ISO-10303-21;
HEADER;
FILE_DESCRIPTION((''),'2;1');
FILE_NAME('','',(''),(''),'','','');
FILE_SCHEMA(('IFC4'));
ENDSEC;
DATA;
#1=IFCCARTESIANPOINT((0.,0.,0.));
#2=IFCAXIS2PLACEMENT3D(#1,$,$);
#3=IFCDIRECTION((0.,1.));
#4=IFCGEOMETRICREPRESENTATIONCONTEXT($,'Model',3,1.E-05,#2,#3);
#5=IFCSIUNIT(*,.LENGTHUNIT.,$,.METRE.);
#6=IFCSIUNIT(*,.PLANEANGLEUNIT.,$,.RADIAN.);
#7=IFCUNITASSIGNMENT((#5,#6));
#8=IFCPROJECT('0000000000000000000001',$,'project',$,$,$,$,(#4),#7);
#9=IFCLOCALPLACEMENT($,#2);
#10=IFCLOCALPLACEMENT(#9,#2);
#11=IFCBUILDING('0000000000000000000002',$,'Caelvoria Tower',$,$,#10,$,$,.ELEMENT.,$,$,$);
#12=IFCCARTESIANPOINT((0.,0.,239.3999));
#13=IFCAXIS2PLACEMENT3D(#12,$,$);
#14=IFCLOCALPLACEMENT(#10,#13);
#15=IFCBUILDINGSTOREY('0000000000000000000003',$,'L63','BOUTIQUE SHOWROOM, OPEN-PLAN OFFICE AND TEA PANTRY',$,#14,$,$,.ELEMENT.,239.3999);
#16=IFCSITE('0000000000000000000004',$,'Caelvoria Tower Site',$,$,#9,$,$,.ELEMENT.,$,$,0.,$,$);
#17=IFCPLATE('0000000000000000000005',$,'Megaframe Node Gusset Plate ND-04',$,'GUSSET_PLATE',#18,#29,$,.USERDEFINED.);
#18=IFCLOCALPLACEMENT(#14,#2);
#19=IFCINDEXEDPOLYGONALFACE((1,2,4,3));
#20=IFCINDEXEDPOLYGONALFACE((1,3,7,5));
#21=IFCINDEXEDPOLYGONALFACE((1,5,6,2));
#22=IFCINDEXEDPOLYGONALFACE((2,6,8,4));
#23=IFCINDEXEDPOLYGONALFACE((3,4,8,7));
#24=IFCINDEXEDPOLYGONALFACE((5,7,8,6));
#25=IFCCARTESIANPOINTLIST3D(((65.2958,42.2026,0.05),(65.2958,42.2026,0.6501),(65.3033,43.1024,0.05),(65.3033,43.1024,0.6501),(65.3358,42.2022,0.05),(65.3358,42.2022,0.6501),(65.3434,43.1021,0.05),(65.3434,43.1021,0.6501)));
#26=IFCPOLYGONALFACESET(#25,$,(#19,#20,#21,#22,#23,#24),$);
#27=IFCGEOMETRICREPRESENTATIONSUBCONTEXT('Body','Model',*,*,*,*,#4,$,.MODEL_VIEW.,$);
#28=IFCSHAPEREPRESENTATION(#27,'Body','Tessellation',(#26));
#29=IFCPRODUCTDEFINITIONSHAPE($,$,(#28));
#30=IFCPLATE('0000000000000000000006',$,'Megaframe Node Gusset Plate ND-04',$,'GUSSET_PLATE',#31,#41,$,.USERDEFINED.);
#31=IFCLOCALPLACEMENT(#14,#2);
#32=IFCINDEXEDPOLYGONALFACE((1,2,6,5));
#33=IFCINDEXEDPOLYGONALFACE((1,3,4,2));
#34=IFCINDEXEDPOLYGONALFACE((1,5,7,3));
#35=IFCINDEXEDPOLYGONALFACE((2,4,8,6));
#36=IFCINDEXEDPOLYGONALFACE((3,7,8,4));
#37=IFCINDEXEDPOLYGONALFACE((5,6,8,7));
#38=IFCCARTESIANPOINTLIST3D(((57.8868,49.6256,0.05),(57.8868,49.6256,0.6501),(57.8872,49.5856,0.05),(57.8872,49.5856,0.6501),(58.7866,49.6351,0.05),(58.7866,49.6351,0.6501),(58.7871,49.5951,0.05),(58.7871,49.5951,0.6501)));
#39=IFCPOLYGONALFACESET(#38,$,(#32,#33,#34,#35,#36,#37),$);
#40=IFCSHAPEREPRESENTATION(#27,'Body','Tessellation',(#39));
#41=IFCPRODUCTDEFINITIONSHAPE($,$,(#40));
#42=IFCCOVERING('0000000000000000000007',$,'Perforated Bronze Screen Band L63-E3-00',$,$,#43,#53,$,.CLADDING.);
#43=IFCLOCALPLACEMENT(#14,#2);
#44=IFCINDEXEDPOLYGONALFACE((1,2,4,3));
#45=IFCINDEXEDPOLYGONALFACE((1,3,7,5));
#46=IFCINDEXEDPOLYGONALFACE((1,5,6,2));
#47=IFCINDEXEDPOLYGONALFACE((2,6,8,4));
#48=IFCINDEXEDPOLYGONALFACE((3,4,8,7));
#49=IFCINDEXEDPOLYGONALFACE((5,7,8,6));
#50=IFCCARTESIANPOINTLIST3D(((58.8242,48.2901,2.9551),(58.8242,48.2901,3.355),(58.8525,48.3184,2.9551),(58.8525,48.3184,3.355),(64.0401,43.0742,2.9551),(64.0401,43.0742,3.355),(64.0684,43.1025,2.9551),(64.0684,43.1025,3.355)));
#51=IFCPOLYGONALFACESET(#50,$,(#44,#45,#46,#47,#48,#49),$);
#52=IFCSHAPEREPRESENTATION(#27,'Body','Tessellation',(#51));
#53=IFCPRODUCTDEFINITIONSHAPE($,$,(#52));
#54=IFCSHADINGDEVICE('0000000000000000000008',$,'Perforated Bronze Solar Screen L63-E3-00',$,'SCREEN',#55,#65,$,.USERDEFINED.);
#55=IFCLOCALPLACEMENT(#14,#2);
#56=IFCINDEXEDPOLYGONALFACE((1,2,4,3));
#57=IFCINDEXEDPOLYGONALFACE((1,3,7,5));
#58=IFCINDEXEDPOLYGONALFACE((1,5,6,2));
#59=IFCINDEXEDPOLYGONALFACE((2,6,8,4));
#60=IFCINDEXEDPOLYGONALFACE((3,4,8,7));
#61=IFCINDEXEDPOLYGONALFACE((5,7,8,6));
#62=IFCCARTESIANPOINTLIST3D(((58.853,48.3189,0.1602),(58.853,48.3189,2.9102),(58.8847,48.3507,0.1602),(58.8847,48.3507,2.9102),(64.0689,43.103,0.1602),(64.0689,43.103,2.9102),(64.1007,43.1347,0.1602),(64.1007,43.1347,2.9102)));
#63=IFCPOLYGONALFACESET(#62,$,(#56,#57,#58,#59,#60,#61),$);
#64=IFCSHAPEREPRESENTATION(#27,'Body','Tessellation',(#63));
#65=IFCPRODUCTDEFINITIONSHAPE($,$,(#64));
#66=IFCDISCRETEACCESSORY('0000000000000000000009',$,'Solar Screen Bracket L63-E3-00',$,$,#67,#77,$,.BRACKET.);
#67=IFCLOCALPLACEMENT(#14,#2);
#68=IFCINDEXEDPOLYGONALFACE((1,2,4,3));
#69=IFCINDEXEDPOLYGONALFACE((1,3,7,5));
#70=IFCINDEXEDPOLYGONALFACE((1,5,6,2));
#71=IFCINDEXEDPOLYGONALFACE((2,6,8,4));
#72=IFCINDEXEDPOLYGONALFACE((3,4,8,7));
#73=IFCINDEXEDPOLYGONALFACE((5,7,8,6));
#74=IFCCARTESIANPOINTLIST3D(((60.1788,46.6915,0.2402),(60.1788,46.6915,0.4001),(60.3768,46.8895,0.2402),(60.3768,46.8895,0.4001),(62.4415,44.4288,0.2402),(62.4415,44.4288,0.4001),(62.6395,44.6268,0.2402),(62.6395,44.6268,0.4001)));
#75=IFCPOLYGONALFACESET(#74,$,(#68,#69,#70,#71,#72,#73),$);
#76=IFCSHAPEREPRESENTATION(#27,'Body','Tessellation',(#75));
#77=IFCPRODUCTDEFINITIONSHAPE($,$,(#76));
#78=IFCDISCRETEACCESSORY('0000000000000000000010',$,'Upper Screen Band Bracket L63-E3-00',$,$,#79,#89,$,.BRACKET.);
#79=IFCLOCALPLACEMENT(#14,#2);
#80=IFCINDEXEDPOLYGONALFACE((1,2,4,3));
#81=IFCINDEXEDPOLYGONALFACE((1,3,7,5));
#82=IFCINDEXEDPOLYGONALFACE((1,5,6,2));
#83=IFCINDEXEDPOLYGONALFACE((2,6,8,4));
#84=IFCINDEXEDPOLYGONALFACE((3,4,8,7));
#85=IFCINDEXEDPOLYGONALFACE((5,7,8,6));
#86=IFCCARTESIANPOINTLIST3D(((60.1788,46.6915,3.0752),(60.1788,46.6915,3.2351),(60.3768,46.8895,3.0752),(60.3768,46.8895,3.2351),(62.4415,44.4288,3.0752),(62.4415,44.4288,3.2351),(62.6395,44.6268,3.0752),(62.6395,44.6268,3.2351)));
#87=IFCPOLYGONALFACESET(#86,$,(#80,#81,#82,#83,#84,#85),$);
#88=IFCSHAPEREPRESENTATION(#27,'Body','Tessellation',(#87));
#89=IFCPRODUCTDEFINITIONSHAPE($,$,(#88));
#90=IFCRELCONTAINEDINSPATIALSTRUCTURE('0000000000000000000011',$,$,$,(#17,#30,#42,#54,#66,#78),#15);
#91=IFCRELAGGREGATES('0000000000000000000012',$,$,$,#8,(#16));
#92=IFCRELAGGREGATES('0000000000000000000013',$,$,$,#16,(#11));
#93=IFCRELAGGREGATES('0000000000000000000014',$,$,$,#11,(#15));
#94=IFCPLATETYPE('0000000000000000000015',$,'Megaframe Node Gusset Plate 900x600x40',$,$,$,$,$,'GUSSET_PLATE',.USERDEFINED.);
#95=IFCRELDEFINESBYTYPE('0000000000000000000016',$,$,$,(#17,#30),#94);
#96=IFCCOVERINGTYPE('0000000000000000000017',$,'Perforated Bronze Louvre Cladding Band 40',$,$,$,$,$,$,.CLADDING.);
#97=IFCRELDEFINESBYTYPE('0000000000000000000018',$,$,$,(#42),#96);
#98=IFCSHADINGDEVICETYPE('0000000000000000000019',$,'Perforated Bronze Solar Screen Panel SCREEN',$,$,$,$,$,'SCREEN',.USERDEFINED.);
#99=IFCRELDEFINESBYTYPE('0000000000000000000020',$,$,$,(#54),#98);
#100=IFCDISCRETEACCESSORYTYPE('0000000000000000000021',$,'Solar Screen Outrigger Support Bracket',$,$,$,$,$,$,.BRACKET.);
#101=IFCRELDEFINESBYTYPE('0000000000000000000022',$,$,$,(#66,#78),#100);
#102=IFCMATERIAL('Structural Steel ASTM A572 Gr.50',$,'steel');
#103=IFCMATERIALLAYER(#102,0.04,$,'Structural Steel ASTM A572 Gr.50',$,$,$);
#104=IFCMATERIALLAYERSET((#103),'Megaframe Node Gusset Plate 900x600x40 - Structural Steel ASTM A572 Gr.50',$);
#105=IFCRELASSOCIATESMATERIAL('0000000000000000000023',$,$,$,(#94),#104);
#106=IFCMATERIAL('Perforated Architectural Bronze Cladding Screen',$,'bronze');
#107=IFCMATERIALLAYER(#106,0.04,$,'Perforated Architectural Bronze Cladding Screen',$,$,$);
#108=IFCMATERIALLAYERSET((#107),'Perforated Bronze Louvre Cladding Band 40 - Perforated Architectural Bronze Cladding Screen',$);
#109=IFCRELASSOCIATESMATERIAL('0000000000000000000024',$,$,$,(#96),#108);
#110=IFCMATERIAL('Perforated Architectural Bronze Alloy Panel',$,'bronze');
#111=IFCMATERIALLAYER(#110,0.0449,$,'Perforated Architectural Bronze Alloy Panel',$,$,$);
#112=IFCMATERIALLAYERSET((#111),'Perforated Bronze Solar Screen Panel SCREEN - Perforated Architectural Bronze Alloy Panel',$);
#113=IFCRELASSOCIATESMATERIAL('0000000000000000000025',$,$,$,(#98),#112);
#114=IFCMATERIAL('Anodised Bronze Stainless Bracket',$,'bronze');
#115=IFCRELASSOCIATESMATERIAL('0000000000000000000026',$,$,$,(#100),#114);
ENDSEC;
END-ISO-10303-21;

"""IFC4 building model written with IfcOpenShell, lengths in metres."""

from ifc_helpers import new_model, si_unit, direction, frame, origin, origin_2d, place, context, subcontext, project, spatial, rectangle, extrude, material, layer, layer_set, type_object, element, save


model = new_model("IFC4")

# Units and contexts
model_context = context("Model", 3, precision=1e-05, world=origin(), true_north=direction((0.0, 1.0)))
body_context = subcontext(model_context, "Body", "Model", "MODEL_VIEW")
ifc_project = project(units=[si_unit("LENGTHUNIT", "METRE"), si_unit("PLANEANGLEUNIT", "RADIAN")], contexts=[model_context])

# Site, building, storey
site_placement = place(None, origin())
site = spatial("IfcSite", under=ifc_project, at=site_placement, Name="Caelvoria Tower Site", CompositionType="ELEMENT", RefElevation=0.0)
building_placement = place(site_placement, origin())
building = spatial("IfcBuilding", under=site, at=building_placement, Name="Caelvoria Tower", CompositionType="ELEMENT")
storey_placement = place(building_placement, frame((0.0, 0.0, 239.3999)))
storey = spatial("IfcBuildingStorey", under=building, at=storey_placement, Name="L63", Description="BOUTIQUE SHOWROOM, OPEN-PLAN OFFICE AND TEA PANTRY", CompositionType="ELEMENT", Elevation=239.3999)

# Shared definitions
ifc_material_1 = material(Name="Structural Steel ASTM A572 Gr.50", Category="steel")

# Plates
ifc_layer_1 = layer(ifc_material_1, 0.04, Name="Structural Steel ASTM A572 Gr.50")
ifc_layer_set_1 = layer_set([ifc_layer_1], Name="Megaframe Node Gusset Plate 900x600x40 - Structural Steel ASTM A572 Gr.50")
plate_type_1 = type_object("IfcPlateType", Name="Megaframe Node Gusset Plate 900x600x40", ElementType="GUSSET_PLATE", PredefinedType="USERDEFINED", material=ifc_layer_set_1)
for number, where, z_axis, x_axis, name in (
    (1, (65.3196, 42.6523, 0.05), (0.0, 0.0, 1.0), (-0.008402, -0.999965, 0.0), "Megaframe Node Gusset Plate ND-04"),
    (2, (58.3369, 49.6104, 0.05), (0.0, 0.0, 1.0), (-0.999944, -0.010561, 0.0), "Megaframe Node Gusset Plate ND-04"),
):
    element("IfcPlate", number, at=place(storey_placement, frame(where, z_axis=z_axis, x_axis=x_axis)), inside=storey, type_object=plate_type_1, Name=name, ObjectType="GUSSET_PLATE", PredefinedType="USERDEFINED", context=body_context, shape_type="SweptSolid", body=[
        extrude(rectangle(XDim=0.8999, YDim=0.04, at=origin_2d()), origin(), (0.0, 0.0, 1.0), 0.6001),
    ])

# Covering
ifc_material_2 = material(Name="Perforated Architectural Bronze Cladding Screen", Category="bronze")
ifc_layer_2 = layer(ifc_material_2, 0.04, Name="Perforated Architectural Bronze Cladding Screen")
ifc_layer_set_2 = layer_set([ifc_layer_2], Name="Perforated Bronze Louvre Cladding Band 40 - Perforated Architectural Bronze Cladding Screen")
covering_type = type_object("IfcCoveringType", Name="Perforated Bronze Louvre Cladding Band 40", PredefinedType="CLADDING", material=ifc_layer_set_2)
covering_placement = place(storey_placement, frame((61.4463, 45.6963, 2.9551), z_axis=(0.0, 0.0, 1.0), x_axis=(-0.707107, 0.707107, 0.0)))
element("IfcCovering", 3, at=covering_placement, inside=storey, type_object=covering_type, Name="Perforated Bronze Screen Band L63-E3-00", PredefinedType="CLADDING", context=body_context, shape_type="SweptSolid", body=[
    extrude(rectangle(XDim=7.3765, YDim=0.04, at=origin_2d()), origin(), (0.0, 0.0, 1.0), 0.3999),
])

# Shading device
ifc_material_3 = material(Name="Perforated Architectural Bronze Alloy Panel", Category="bronze")
ifc_layer_3 = layer(ifc_material_3, 0.0449, Name="Perforated Architectural Bronze Alloy Panel")
ifc_layer_set_3 = layer_set([ifc_layer_3], Name="Perforated Bronze Solar Screen Panel SCREEN - Perforated Architectural Bronze Alloy Panel")
shading_device_type = type_object("IfcShadingDeviceType", Name="Perforated Bronze Solar Screen Panel SCREEN", ElementType="SCREEN", PredefinedType="USERDEFINED", material=ifc_layer_set_3)
shading_device_placement = place(storey_placement, frame((61.4768, 45.7268, 0.1602), z_axis=(0.0, 0.0, 1.0), x_axis=(-0.707107, 0.707107, 0.0)))
element("IfcShadingDevice", 4, at=shading_device_placement, inside=storey, type_object=shading_device_type, Name="Perforated Bronze Solar Screen L63-E3-00", ObjectType="SCREEN", PredefinedType="USERDEFINED", context=body_context, shape_type="SweptSolid", body=[
    extrude(rectangle(XDim=7.3765, YDim=0.0449, at=origin_2d()), origin(), (0.0, 0.0, 1.0), 2.75),
])

# Discrete accessories
ifc_material_4 = material(Name="Anodised Bronze Stainless Bracket", Category="bronze")
discrete_accessory_type = type_object("IfcDiscreteAccessoryType", Name="Solar Screen Outrigger Support Bracket", PredefinedType="BRACKET", material=ifc_material_4)
for number, where, z_axis, x_axis, name in (
    (5, (61.4092, 45.6592, 0.2402), (0.0, 0.0, 1.0), (-0.707107, 0.707107, 0.0), "Solar Screen Bracket L63-E3-00"),
    (6, (61.4092, 45.6592, 3.0752), (0.0, 0.0, 1.0), (-0.707107, 0.707107, 0.0), "Upper Screen Band Bracket L63-E3-00"),
):
    element("IfcDiscreteAccessory", number, at=place(storey_placement, frame(where, z_axis=z_axis, x_axis=x_axis)), inside=storey, type_object=discrete_accessory_type, Name=name, PredefinedType="BRACKET", context=body_context, shape_type="SweptSolid", body=[
        extrude(rectangle(XDim=3.2, YDim=0.28, at=origin_2d()), origin(), (0.0, 0.0, 1.0), 0.1599),
    ])

save(model, "model.ifc")
